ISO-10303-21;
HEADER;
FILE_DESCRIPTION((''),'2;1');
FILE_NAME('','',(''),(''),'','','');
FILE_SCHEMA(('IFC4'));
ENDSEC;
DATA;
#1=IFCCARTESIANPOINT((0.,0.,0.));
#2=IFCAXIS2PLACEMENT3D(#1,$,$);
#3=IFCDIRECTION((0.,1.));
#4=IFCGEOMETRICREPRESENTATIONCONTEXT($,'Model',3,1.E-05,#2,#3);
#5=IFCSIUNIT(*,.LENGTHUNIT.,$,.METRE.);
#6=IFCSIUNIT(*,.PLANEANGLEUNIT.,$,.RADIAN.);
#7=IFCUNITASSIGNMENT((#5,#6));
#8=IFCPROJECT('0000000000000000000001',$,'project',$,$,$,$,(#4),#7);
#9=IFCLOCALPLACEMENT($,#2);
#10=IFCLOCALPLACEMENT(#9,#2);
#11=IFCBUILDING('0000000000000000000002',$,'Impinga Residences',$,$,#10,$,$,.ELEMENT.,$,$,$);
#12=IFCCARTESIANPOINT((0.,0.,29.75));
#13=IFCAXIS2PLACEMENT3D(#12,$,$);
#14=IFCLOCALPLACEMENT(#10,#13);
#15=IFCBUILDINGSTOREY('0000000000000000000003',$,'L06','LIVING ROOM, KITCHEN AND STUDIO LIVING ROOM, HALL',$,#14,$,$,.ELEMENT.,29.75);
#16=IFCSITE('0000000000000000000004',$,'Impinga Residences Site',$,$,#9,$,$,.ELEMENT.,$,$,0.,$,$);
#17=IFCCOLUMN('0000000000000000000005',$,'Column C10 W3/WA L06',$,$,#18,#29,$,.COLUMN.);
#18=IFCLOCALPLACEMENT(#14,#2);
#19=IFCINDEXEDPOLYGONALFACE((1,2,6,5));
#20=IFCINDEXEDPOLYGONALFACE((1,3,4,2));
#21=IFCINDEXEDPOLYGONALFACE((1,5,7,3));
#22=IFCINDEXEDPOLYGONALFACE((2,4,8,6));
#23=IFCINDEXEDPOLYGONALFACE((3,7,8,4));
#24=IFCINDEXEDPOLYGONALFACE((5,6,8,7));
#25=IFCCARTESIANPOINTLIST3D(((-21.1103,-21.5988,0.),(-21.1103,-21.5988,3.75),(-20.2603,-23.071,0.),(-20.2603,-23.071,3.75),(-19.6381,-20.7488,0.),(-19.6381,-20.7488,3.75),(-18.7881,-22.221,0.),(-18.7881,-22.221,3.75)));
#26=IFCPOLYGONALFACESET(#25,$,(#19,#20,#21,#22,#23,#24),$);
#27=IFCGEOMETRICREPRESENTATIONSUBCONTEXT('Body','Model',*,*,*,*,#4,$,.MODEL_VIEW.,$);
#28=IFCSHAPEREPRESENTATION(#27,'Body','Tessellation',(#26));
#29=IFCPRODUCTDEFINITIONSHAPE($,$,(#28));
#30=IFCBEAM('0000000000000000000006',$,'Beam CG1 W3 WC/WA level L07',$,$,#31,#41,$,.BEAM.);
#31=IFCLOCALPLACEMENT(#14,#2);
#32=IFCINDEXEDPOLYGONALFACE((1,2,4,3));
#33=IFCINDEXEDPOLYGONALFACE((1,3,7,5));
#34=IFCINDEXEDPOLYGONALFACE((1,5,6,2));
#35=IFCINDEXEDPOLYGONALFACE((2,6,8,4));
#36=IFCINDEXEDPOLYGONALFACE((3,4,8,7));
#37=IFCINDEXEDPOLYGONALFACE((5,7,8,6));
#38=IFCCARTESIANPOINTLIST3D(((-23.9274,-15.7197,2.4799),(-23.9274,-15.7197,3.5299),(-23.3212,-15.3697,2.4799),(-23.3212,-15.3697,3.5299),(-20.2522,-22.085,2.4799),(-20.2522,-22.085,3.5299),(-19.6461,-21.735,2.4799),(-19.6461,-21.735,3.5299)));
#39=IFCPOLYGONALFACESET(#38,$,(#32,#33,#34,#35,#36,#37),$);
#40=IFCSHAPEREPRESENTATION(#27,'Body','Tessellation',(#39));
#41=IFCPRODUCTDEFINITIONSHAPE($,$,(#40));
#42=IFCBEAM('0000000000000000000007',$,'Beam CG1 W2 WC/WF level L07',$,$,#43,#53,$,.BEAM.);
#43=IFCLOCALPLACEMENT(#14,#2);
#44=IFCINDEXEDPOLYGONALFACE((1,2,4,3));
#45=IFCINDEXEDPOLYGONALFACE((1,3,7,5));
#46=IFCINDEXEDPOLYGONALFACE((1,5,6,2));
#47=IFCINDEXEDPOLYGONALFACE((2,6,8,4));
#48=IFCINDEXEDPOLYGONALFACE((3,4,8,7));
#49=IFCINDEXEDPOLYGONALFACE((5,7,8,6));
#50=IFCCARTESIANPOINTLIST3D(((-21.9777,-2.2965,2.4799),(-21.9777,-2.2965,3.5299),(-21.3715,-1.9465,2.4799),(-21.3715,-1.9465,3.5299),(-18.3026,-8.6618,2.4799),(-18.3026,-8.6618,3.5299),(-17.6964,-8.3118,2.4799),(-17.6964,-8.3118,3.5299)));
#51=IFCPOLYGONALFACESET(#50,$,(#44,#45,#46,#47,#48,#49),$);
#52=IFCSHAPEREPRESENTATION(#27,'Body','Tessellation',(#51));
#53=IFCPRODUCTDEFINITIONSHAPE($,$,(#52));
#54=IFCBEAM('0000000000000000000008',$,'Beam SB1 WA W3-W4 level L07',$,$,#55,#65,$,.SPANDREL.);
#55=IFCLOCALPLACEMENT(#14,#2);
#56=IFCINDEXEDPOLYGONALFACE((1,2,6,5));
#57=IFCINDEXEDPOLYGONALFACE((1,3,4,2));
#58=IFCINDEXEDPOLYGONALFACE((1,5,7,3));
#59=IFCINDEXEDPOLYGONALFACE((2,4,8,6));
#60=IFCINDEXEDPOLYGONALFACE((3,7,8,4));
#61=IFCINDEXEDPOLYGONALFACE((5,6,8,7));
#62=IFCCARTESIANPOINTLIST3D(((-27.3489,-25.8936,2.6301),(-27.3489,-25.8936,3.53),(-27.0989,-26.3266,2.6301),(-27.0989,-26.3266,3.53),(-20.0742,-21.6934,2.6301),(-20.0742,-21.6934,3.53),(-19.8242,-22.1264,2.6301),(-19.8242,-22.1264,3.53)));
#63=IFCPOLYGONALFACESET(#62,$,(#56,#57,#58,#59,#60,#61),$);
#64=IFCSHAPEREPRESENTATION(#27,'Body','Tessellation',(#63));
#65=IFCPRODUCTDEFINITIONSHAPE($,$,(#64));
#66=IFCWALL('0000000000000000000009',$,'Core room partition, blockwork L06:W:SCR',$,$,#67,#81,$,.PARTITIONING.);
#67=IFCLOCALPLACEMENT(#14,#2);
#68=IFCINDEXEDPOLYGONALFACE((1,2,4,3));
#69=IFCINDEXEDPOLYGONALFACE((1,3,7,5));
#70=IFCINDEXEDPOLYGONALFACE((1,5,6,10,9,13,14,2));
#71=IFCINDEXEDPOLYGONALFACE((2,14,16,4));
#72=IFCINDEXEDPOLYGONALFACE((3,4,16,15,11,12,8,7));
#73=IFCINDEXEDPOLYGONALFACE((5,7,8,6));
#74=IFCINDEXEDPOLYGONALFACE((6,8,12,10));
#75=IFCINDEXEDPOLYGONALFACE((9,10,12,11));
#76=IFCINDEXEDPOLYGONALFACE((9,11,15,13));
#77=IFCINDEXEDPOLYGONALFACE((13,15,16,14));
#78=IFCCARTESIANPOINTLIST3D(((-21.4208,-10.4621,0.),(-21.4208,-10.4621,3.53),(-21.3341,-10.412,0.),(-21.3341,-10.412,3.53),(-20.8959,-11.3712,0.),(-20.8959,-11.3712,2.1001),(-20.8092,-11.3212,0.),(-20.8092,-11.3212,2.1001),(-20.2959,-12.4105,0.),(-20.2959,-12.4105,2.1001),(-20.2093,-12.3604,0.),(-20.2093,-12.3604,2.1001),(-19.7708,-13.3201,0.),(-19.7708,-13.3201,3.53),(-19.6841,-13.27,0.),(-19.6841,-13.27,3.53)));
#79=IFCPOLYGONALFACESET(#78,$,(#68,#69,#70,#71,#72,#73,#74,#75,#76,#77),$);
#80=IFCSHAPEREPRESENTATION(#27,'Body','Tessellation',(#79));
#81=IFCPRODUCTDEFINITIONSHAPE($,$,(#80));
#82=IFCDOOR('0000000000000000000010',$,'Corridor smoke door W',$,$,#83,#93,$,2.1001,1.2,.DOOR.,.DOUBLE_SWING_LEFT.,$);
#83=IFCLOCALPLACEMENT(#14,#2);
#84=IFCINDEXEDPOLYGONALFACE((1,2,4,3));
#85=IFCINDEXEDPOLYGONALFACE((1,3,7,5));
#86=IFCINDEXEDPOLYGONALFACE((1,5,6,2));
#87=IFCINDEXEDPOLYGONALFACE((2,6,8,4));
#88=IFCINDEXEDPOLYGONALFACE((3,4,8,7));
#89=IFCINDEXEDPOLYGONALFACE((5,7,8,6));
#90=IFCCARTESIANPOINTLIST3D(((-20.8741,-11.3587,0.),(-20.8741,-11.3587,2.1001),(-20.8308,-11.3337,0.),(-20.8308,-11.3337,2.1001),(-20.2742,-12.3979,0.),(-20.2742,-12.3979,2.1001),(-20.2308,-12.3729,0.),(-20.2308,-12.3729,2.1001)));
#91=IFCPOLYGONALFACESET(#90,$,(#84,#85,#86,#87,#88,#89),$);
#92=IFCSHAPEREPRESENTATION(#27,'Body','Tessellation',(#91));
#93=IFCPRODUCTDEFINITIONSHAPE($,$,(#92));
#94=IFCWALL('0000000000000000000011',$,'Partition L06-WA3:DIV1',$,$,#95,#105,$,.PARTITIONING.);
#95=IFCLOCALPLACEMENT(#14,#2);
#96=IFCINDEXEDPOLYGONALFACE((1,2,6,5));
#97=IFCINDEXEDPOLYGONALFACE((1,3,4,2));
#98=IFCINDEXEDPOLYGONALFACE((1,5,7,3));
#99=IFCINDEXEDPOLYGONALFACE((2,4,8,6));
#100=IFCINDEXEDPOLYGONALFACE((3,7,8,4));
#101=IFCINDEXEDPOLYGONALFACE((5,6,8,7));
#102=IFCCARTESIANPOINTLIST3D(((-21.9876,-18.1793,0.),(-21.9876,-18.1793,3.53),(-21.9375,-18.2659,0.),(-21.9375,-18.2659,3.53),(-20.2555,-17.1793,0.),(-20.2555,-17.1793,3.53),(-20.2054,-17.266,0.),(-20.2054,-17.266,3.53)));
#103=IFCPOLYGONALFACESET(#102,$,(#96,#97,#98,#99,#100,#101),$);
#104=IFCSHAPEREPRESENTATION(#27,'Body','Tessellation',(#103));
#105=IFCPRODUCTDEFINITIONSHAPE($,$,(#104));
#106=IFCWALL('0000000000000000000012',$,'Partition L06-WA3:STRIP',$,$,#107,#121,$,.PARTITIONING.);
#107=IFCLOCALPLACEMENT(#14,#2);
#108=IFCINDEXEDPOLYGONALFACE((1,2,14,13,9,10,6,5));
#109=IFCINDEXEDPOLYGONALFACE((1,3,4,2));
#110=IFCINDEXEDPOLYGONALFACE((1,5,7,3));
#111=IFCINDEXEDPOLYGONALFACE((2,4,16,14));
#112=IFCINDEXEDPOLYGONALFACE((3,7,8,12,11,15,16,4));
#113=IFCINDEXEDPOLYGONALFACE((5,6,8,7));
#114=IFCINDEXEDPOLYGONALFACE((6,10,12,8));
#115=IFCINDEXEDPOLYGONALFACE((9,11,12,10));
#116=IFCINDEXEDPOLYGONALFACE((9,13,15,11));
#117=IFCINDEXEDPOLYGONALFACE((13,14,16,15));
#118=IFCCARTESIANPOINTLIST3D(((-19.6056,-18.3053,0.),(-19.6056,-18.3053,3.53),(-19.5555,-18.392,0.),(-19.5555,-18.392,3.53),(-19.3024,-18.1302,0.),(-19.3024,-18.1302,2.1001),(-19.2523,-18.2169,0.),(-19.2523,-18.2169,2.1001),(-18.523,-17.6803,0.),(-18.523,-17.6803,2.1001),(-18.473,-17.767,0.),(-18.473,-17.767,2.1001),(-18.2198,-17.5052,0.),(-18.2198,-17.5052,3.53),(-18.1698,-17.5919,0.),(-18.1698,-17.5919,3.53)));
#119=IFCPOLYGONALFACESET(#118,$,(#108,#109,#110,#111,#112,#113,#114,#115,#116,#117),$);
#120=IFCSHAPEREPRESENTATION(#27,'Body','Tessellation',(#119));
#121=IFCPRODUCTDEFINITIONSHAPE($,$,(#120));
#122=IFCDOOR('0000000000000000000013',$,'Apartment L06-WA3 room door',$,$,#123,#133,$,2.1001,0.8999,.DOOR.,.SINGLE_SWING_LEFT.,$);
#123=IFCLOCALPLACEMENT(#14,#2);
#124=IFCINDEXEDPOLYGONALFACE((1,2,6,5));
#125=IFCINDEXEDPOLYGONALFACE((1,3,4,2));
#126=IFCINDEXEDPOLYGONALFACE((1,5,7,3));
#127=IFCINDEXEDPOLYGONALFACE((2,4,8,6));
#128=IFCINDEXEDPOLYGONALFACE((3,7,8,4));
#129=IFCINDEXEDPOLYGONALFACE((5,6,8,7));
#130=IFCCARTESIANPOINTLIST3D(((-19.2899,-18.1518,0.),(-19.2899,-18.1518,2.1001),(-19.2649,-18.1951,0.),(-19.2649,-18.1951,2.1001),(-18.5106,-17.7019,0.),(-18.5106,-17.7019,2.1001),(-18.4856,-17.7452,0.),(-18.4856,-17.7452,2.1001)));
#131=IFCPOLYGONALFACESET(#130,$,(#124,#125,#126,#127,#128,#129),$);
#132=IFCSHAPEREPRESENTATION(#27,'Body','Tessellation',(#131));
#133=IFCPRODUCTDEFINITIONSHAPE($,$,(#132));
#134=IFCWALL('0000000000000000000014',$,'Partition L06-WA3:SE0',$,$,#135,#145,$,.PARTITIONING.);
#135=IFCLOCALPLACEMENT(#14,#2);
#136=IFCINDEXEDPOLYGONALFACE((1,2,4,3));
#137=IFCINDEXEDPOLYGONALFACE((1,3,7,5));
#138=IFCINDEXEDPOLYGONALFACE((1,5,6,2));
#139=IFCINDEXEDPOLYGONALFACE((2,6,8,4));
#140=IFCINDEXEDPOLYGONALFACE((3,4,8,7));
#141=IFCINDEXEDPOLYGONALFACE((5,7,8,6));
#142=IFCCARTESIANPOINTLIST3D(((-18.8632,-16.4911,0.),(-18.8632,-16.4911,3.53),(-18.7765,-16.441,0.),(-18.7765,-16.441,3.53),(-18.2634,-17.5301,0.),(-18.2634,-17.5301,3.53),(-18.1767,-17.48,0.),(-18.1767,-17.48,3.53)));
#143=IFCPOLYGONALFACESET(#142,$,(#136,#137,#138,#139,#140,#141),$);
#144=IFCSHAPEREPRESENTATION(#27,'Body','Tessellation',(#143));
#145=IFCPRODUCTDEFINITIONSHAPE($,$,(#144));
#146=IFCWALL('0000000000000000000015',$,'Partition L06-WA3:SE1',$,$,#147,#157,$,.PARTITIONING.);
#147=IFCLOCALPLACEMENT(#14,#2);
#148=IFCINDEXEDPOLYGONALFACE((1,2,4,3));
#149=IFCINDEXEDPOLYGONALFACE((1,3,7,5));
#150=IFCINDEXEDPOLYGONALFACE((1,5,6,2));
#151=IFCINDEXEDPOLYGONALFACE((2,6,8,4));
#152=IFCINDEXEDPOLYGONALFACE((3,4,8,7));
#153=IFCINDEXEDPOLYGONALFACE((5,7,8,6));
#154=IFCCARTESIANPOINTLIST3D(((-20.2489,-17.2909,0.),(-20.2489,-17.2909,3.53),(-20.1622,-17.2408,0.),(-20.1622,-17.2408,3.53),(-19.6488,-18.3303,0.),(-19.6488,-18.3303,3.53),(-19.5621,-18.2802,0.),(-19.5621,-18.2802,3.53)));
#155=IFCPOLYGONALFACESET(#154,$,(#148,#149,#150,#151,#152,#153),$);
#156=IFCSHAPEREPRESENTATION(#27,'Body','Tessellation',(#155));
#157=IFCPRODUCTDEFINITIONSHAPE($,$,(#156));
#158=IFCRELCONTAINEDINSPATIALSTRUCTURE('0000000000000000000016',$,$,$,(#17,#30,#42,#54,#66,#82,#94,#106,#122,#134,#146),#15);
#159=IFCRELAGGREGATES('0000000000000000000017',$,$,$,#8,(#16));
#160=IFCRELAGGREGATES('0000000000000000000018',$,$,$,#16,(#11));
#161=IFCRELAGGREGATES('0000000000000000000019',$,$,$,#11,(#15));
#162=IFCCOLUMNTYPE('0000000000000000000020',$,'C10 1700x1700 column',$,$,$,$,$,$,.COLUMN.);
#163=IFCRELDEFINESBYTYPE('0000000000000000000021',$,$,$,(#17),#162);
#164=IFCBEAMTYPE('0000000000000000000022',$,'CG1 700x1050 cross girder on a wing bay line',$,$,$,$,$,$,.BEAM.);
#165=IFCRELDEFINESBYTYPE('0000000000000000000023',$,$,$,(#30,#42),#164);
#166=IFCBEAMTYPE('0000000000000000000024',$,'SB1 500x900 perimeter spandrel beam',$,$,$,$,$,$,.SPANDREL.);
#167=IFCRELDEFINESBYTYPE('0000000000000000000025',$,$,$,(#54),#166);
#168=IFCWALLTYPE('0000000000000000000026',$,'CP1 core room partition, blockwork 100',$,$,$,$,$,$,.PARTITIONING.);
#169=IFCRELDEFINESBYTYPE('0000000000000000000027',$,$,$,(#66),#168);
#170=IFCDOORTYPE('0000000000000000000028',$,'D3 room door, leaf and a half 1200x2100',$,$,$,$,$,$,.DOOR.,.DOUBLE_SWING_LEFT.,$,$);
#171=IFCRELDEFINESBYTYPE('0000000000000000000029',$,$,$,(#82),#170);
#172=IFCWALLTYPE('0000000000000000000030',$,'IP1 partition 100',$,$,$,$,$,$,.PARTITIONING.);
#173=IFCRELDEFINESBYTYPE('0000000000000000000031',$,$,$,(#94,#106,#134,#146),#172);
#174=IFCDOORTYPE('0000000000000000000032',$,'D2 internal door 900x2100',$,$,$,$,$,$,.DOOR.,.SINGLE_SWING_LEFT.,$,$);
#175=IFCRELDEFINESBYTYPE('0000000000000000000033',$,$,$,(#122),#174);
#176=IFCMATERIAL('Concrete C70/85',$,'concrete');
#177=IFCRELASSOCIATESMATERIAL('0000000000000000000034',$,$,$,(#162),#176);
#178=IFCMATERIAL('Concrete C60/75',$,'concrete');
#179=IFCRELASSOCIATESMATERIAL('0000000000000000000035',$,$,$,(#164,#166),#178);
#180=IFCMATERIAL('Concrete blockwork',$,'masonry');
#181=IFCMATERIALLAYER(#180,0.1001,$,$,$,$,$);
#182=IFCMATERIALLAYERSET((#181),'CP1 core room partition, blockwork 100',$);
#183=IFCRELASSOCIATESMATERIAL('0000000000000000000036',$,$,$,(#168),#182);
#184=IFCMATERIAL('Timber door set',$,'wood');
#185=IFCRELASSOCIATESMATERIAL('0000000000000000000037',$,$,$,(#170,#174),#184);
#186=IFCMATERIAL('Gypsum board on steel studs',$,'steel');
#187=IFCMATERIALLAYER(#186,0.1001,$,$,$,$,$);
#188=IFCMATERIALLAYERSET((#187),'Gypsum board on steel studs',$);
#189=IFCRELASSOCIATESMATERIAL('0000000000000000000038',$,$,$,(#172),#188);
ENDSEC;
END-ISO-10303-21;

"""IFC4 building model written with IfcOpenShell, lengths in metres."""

from ifc_helpers import new_model, si_unit, direction, frame, frame_2d, origin, origin_2d, place, context, subcontext, project, spatial, rectangle, extrude, material, layer, layer_set, material_profile, profile_set, type_object, element, fill, save


model = new_model("IFC4")

# Units and contexts
model_context = context("Model", 3, precision=1e-05, world=origin(), true_north=direction((0.0, 1.0)))
body_context = subcontext(model_context, "Body", "Model", "MODEL_VIEW")
ifc_project = project(units=[si_unit("LENGTHUNIT", "METRE"), si_unit("PLANEANGLEUNIT", "RADIAN")], contexts=[model_context])

# Site, building, storey
site_placement = place(None, origin())
site = spatial("IfcSite", under=ifc_project, at=site_placement, Name="Impinga Residences Site", CompositionType="ELEMENT", RefElevation=0.0)
building_placement = place(site_placement, origin())
building = spatial("IfcBuilding", under=site, at=building_placement, Name="Impinga Residences", CompositionType="ELEMENT")
storey_placement = place(building_placement, frame((0.0, 0.0, 29.75)))
storey = spatial("IfcBuildingStorey", under=building, at=storey_placement, Name="L06", Description="LIVING ROOM, KITCHEN AND STUDIO LIVING ROOM, HALL", CompositionType="ELEMENT", Elevation=29.75)

# Column
ifc_material_1 = material(Name="Concrete C70/85", Category="concrete")
ifc_material_profile_1 = material_profile(ifc_material_1, rectangle(XDim=1.7, YDim=1.7, at=origin_2d()), Name="RC 1700x1700")
ifc_profile_set_1 = profile_set([ifc_material_profile_1], Name="Concrete C70/85")
column_type = type_object("IfcColumnType", Name="C10 1700x1700 column", PredefinedType="COLUMN", material=ifc_profile_set_1)
column_placement = place(storey_placement, frame((-19.9492, -21.9099, 0.0), z_axis=(0.0, 0.0, 1.0), x_axis=(-0.5, 0.866025, 0.0)))
element("IfcColumn", 1, at=column_placement, inside=storey, type_object=column_type, Name="Column C10 W3/WA L06", PredefinedType="COLUMN", context=body_context, shape_type="SweptSolid", body=[
    extrude(rectangle(XDim=1.7, YDim=1.7, at=origin_2d()), origin(), (0.0, 0.0, 1.0), 3.75),
])

# Beams
ifc_material_2 = material(Name="Concrete C60/75", Category="concrete")
ifc_material_profile_2 = material_profile(ifc_material_2, rectangle(XDim=0.7, YDim=1.05, at=origin_2d()), Name="RC 700x1050")
ifc_profile_set_2 = profile_set([ifc_material_profile_2], Name="Concrete C60/75")
beam_type_1 = type_object("IfcBeamType", Name="CG1 700x1050 cross girder on a wing bay line", PredefinedType="BEAM", material=ifc_profile_set_2)
for number, where, z_axis, x_axis, name in (
    (2, (-23.6243, -15.5447, 3.0049), (0.500008, -0.866021, 0.0), (0.866021, 0.500008, 0.0), "Beam CG1 W3 WC/WA level L07"),
    (3, (-17.9995, -8.4868, 3.0049), (-0.500008, 0.866021, 0.0), (-0.866021, -0.500008, 0.0), "Beam CG1 W2 WC/WF level L07"),
):
    element("IfcBeam", number, at=place(storey_placement, frame(where, z_axis=z_axis, x_axis=x_axis)), inside=storey, type_object=beam_type_1, Name=name, PredefinedType="BEAM", context=body_context, shape_type="SweptSolid", body=[
        extrude(rectangle(XDim=0.7, YDim=1.05, at=origin_2d()), origin(), (0.0, 0.0, 1.0), 7.3501),
    ])
ifc_material_profile_3 = material_profile(ifc_material_2, rectangle(XDim=0.5, YDim=0.8999, at=origin_2d()), Name="RC 500x900")
ifc_profile_set_3 = profile_set([ifc_material_profile_3], Name="Concrete C60/75")
beam_type_2 = type_object("IfcBeamType", Name="SB1 500x900 perimeter spandrel beam", PredefinedType="SPANDREL", material=ifc_profile_set_3)
beam_placement = place(storey_placement, frame((-19.9492, -21.9099, 3.0801), z_axis=(-0.866017, -0.500015, 0.0), x_axis=(0.500015, -0.866017, 0.0)))
element("IfcBeam", 4, at=beam_placement, inside=storey, type_object=beam_type_2, Name="Beam SB1 WA W3-W4 level L07", PredefinedType="SPANDREL", context=body_context, shape_type="SweptSolid", body=[
    extrude(rectangle(XDim=0.5, YDim=0.8999, at=origin_2d()), origin(), (0.0, 0.0, 1.0), 8.4001),
])

# Wall, opening, door
ifc_material_3 = material(Name="Concrete blockwork", Category="masonry")
ifc_layer_1 = layer(ifc_material_3, 0.1001)
ifc_layer_set_1 = layer_set([ifc_layer_1], Name="CP1 core room partition, blockwork 100")
wall_type_1 = type_object("IfcWallType", Name="CP1 core room partition, blockwork 100", PredefinedType="PARTITIONING", material=ifc_layer_set_1)
wall_1_placement = place(storey_placement, frame((-19.7275, -13.2949, 0.0), z_axis=(0.0, 0.0, 1.0), x_axis=(-0.499974, 0.86604, 0.0)))
wall_1 = element("IfcWall", 5, at=wall_1_placement, inside=storey, type_object=wall_type_1, Name="Core room partition, blockwork L06:W:SCR", PredefinedType="PARTITIONING", context=body_context, shape_type="SweptSolid", body=[
    extrude(rectangle(XDim=3.3, YDim=0.1001, at=frame_2d((1.6499, 0.0))), origin(), (0.0, 0.0, 1.0), 3.53),
])
opening_1_placement = place(wall_1_placement, frame((1.05, 0.0, 0.0)))
opening_1 = element("IfcOpeningElement", 6, at=opening_1_placement, cuts=wall_1, PredefinedType="OPENING", context=body_context, shape_type="SweptSolid", body=[
    extrude(rectangle(XDim=1.2, YDim=2.1001, at=frame_2d((0.6001, 1.05))), frame((0.0, 0.0601, 0.0), z_axis=(0.0, -1.0, 0.0), x_axis=(1.0, 0.0, 0.0)), (0.0, 0.0, 1.0), 0.1201),
])
ifc_material_4 = material(Name="Timber door set", Category="wood")
door_type_1 = type_object("IfcDoorType", Name="D3 room door, leaf and a half 1200x2100", OperationType="DOUBLE_SWING_LEFT", PredefinedType="DOOR", material=ifc_material_4)
door_1_placement = place(opening_1_placement, origin())
door_1 = element("IfcDoor", 7, at=door_1_placement, inside=storey, type_object=door_type_1, Name="Corridor smoke door W", OperationType="DOUBLE_SWING_LEFT", OverallHeight=2.1001, OverallWidth=1.2, PredefinedType="DOOR", context=body_context, shape_type="SweptSolid", body=[
    extrude(rectangle(XDim=1.2, YDim=2.1001, at=frame_2d((0.6001, 1.05))), frame((0.0, 0.0249, 0.0), z_axis=(0.0, -1.0, 0.0), x_axis=(1.0, 0.0, 0.0)), (0.0, 0.0, 1.0), 0.05),
])
fill(opening_1, door_1)

# Wall
ifc_material_5 = material(Name="Gypsum board on steel studs", Category="steel")
ifc_layer_2 = layer(ifc_material_5, 0.1001)
ifc_layer_set_2 = layer_set([ifc_layer_2], Name="Gypsum board on steel studs")
wall_type_2 = type_object("IfcWallType", Name="IP1 partition 100", PredefinedType="PARTITIONING", material=ifc_layer_set_2)
wall_2_placement = place(storey_placement, frame((-20.2305, -17.2227, 0.0), z_axis=(0.0, 0.0, 1.0), x_axis=(-0.866041, -0.499973, 0.0)))
element("IfcWall", 8, at=wall_2_placement, inside=storey, type_object=wall_type_2, Name="Partition L06-WA3:DIV1", PredefinedType="PARTITIONING", context=body_context, shape_type="SweptSolid", body=[
    extrude(rectangle(XDim=2.0, YDim=0.1001, at=frame_2d((1.0, 0.0))), origin(), (0.0, 0.0, 1.0), 3.53),
])

# Wall, opening, door
wall_3_placement = place(storey_placement, frame((-18.1948, -17.5486, 0.0), z_axis=(0.0, 0.0, 1.0), x_axis=(-0.866028, -0.499995, 0.0)))
wall_3 = element("IfcWall", 9, at=wall_3_placement, inside=storey, type_object=wall_type_2, Name="Partition L06-WA3:STRIP", PredefinedType="PARTITIONING", context=body_context, shape_type="SweptSolid", body=[
    extrude(rectangle(XDim=1.6001, YDim=0.1001, at=frame_2d((0.8, 0.0))), origin(), (0.0, 0.0, 1.0), 3.53),
])
opening_2_placement = place(wall_3_placement, frame((0.3501, 0.0, 0.0)))
opening_2 = element("IfcOpeningElement", 10, at=opening_2_placement, cuts=wall_3, PredefinedType="OPENING", context=body_context, shape_type="SweptSolid", body=[
    extrude(rectangle(XDim=0.8999, YDim=2.1001, at=frame_2d((0.45, 1.05))), frame((0.0, 0.0601, 0.0), z_axis=(0.0, -1.0, 0.0), x_axis=(1.0, 0.0, 0.0)), (0.0, 0.0, 1.0), 0.1201),
])
door_type_2 = type_object("IfcDoorType", Name="D2 internal door 900x2100", OperationType="SINGLE_SWING_LEFT", PredefinedType="DOOR", material=ifc_material_4)
door_2_placement = place(opening_2_placement, origin())
door_2 = element("IfcDoor", 11, at=door_2_placement, inside=storey, type_object=door_type_2, Name="Apartment L06-WA3 room door", OperationType="SINGLE_SWING_LEFT", OverallHeight=2.1001, OverallWidth=0.8999, PredefinedType="DOOR", context=body_context, shape_type="SweptSolid", body=[
    extrude(rectangle(XDim=0.8999, YDim=2.1001, at=frame_2d((0.45, 1.05))), frame((0.0, 0.0249, 0.0), z_axis=(0.0, -1.0, 0.0), x_axis=(1.0, 0.0, 0.0)), (0.0, 0.0, 1.0), 0.05),
])
fill(opening_2, door_2)

# Walls
wall_4_placement = place(storey_placement, frame((-18.8198, -16.4661, 0.0), z_axis=(0.0, 0.0, 1.0), x_axis=(0.499969, -0.866043, 0.0)))
element("IfcWall", 12, at=wall_4_placement, inside=storey, type_object=wall_type_2, Name="Partition L06-WA3:SE0", PredefinedType="PARTITIONING", context=body_context, shape_type="SweptSolid", body=[
    extrude(rectangle(XDim=1.1997, YDim=0.1001, at=frame_2d((0.5999, 0.0))), origin(), (0.0, 0.0, 1.0), 3.53),
])
wall_5_placement = place(storey_placement, frame((-20.2056, -17.2659, 0.0), z_axis=(0.0, 0.0, 1.0), x_axis=(0.500034, -0.866006, 0.0)))
element("IfcWall", 13, at=wall_5_placement, inside=storey, type_object=wall_type_2, Name="Partition L06-WA3:SE1", PredefinedType="PARTITIONING", context=body_context, shape_type="SweptSolid", body=[
    extrude(rectangle(XDim=1.2002, YDim=0.1001, at=frame_2d((0.6001, 0.0))), origin(), (0.0, 0.0, 1.0), 3.53),
])

save(model, "model.ifc")
